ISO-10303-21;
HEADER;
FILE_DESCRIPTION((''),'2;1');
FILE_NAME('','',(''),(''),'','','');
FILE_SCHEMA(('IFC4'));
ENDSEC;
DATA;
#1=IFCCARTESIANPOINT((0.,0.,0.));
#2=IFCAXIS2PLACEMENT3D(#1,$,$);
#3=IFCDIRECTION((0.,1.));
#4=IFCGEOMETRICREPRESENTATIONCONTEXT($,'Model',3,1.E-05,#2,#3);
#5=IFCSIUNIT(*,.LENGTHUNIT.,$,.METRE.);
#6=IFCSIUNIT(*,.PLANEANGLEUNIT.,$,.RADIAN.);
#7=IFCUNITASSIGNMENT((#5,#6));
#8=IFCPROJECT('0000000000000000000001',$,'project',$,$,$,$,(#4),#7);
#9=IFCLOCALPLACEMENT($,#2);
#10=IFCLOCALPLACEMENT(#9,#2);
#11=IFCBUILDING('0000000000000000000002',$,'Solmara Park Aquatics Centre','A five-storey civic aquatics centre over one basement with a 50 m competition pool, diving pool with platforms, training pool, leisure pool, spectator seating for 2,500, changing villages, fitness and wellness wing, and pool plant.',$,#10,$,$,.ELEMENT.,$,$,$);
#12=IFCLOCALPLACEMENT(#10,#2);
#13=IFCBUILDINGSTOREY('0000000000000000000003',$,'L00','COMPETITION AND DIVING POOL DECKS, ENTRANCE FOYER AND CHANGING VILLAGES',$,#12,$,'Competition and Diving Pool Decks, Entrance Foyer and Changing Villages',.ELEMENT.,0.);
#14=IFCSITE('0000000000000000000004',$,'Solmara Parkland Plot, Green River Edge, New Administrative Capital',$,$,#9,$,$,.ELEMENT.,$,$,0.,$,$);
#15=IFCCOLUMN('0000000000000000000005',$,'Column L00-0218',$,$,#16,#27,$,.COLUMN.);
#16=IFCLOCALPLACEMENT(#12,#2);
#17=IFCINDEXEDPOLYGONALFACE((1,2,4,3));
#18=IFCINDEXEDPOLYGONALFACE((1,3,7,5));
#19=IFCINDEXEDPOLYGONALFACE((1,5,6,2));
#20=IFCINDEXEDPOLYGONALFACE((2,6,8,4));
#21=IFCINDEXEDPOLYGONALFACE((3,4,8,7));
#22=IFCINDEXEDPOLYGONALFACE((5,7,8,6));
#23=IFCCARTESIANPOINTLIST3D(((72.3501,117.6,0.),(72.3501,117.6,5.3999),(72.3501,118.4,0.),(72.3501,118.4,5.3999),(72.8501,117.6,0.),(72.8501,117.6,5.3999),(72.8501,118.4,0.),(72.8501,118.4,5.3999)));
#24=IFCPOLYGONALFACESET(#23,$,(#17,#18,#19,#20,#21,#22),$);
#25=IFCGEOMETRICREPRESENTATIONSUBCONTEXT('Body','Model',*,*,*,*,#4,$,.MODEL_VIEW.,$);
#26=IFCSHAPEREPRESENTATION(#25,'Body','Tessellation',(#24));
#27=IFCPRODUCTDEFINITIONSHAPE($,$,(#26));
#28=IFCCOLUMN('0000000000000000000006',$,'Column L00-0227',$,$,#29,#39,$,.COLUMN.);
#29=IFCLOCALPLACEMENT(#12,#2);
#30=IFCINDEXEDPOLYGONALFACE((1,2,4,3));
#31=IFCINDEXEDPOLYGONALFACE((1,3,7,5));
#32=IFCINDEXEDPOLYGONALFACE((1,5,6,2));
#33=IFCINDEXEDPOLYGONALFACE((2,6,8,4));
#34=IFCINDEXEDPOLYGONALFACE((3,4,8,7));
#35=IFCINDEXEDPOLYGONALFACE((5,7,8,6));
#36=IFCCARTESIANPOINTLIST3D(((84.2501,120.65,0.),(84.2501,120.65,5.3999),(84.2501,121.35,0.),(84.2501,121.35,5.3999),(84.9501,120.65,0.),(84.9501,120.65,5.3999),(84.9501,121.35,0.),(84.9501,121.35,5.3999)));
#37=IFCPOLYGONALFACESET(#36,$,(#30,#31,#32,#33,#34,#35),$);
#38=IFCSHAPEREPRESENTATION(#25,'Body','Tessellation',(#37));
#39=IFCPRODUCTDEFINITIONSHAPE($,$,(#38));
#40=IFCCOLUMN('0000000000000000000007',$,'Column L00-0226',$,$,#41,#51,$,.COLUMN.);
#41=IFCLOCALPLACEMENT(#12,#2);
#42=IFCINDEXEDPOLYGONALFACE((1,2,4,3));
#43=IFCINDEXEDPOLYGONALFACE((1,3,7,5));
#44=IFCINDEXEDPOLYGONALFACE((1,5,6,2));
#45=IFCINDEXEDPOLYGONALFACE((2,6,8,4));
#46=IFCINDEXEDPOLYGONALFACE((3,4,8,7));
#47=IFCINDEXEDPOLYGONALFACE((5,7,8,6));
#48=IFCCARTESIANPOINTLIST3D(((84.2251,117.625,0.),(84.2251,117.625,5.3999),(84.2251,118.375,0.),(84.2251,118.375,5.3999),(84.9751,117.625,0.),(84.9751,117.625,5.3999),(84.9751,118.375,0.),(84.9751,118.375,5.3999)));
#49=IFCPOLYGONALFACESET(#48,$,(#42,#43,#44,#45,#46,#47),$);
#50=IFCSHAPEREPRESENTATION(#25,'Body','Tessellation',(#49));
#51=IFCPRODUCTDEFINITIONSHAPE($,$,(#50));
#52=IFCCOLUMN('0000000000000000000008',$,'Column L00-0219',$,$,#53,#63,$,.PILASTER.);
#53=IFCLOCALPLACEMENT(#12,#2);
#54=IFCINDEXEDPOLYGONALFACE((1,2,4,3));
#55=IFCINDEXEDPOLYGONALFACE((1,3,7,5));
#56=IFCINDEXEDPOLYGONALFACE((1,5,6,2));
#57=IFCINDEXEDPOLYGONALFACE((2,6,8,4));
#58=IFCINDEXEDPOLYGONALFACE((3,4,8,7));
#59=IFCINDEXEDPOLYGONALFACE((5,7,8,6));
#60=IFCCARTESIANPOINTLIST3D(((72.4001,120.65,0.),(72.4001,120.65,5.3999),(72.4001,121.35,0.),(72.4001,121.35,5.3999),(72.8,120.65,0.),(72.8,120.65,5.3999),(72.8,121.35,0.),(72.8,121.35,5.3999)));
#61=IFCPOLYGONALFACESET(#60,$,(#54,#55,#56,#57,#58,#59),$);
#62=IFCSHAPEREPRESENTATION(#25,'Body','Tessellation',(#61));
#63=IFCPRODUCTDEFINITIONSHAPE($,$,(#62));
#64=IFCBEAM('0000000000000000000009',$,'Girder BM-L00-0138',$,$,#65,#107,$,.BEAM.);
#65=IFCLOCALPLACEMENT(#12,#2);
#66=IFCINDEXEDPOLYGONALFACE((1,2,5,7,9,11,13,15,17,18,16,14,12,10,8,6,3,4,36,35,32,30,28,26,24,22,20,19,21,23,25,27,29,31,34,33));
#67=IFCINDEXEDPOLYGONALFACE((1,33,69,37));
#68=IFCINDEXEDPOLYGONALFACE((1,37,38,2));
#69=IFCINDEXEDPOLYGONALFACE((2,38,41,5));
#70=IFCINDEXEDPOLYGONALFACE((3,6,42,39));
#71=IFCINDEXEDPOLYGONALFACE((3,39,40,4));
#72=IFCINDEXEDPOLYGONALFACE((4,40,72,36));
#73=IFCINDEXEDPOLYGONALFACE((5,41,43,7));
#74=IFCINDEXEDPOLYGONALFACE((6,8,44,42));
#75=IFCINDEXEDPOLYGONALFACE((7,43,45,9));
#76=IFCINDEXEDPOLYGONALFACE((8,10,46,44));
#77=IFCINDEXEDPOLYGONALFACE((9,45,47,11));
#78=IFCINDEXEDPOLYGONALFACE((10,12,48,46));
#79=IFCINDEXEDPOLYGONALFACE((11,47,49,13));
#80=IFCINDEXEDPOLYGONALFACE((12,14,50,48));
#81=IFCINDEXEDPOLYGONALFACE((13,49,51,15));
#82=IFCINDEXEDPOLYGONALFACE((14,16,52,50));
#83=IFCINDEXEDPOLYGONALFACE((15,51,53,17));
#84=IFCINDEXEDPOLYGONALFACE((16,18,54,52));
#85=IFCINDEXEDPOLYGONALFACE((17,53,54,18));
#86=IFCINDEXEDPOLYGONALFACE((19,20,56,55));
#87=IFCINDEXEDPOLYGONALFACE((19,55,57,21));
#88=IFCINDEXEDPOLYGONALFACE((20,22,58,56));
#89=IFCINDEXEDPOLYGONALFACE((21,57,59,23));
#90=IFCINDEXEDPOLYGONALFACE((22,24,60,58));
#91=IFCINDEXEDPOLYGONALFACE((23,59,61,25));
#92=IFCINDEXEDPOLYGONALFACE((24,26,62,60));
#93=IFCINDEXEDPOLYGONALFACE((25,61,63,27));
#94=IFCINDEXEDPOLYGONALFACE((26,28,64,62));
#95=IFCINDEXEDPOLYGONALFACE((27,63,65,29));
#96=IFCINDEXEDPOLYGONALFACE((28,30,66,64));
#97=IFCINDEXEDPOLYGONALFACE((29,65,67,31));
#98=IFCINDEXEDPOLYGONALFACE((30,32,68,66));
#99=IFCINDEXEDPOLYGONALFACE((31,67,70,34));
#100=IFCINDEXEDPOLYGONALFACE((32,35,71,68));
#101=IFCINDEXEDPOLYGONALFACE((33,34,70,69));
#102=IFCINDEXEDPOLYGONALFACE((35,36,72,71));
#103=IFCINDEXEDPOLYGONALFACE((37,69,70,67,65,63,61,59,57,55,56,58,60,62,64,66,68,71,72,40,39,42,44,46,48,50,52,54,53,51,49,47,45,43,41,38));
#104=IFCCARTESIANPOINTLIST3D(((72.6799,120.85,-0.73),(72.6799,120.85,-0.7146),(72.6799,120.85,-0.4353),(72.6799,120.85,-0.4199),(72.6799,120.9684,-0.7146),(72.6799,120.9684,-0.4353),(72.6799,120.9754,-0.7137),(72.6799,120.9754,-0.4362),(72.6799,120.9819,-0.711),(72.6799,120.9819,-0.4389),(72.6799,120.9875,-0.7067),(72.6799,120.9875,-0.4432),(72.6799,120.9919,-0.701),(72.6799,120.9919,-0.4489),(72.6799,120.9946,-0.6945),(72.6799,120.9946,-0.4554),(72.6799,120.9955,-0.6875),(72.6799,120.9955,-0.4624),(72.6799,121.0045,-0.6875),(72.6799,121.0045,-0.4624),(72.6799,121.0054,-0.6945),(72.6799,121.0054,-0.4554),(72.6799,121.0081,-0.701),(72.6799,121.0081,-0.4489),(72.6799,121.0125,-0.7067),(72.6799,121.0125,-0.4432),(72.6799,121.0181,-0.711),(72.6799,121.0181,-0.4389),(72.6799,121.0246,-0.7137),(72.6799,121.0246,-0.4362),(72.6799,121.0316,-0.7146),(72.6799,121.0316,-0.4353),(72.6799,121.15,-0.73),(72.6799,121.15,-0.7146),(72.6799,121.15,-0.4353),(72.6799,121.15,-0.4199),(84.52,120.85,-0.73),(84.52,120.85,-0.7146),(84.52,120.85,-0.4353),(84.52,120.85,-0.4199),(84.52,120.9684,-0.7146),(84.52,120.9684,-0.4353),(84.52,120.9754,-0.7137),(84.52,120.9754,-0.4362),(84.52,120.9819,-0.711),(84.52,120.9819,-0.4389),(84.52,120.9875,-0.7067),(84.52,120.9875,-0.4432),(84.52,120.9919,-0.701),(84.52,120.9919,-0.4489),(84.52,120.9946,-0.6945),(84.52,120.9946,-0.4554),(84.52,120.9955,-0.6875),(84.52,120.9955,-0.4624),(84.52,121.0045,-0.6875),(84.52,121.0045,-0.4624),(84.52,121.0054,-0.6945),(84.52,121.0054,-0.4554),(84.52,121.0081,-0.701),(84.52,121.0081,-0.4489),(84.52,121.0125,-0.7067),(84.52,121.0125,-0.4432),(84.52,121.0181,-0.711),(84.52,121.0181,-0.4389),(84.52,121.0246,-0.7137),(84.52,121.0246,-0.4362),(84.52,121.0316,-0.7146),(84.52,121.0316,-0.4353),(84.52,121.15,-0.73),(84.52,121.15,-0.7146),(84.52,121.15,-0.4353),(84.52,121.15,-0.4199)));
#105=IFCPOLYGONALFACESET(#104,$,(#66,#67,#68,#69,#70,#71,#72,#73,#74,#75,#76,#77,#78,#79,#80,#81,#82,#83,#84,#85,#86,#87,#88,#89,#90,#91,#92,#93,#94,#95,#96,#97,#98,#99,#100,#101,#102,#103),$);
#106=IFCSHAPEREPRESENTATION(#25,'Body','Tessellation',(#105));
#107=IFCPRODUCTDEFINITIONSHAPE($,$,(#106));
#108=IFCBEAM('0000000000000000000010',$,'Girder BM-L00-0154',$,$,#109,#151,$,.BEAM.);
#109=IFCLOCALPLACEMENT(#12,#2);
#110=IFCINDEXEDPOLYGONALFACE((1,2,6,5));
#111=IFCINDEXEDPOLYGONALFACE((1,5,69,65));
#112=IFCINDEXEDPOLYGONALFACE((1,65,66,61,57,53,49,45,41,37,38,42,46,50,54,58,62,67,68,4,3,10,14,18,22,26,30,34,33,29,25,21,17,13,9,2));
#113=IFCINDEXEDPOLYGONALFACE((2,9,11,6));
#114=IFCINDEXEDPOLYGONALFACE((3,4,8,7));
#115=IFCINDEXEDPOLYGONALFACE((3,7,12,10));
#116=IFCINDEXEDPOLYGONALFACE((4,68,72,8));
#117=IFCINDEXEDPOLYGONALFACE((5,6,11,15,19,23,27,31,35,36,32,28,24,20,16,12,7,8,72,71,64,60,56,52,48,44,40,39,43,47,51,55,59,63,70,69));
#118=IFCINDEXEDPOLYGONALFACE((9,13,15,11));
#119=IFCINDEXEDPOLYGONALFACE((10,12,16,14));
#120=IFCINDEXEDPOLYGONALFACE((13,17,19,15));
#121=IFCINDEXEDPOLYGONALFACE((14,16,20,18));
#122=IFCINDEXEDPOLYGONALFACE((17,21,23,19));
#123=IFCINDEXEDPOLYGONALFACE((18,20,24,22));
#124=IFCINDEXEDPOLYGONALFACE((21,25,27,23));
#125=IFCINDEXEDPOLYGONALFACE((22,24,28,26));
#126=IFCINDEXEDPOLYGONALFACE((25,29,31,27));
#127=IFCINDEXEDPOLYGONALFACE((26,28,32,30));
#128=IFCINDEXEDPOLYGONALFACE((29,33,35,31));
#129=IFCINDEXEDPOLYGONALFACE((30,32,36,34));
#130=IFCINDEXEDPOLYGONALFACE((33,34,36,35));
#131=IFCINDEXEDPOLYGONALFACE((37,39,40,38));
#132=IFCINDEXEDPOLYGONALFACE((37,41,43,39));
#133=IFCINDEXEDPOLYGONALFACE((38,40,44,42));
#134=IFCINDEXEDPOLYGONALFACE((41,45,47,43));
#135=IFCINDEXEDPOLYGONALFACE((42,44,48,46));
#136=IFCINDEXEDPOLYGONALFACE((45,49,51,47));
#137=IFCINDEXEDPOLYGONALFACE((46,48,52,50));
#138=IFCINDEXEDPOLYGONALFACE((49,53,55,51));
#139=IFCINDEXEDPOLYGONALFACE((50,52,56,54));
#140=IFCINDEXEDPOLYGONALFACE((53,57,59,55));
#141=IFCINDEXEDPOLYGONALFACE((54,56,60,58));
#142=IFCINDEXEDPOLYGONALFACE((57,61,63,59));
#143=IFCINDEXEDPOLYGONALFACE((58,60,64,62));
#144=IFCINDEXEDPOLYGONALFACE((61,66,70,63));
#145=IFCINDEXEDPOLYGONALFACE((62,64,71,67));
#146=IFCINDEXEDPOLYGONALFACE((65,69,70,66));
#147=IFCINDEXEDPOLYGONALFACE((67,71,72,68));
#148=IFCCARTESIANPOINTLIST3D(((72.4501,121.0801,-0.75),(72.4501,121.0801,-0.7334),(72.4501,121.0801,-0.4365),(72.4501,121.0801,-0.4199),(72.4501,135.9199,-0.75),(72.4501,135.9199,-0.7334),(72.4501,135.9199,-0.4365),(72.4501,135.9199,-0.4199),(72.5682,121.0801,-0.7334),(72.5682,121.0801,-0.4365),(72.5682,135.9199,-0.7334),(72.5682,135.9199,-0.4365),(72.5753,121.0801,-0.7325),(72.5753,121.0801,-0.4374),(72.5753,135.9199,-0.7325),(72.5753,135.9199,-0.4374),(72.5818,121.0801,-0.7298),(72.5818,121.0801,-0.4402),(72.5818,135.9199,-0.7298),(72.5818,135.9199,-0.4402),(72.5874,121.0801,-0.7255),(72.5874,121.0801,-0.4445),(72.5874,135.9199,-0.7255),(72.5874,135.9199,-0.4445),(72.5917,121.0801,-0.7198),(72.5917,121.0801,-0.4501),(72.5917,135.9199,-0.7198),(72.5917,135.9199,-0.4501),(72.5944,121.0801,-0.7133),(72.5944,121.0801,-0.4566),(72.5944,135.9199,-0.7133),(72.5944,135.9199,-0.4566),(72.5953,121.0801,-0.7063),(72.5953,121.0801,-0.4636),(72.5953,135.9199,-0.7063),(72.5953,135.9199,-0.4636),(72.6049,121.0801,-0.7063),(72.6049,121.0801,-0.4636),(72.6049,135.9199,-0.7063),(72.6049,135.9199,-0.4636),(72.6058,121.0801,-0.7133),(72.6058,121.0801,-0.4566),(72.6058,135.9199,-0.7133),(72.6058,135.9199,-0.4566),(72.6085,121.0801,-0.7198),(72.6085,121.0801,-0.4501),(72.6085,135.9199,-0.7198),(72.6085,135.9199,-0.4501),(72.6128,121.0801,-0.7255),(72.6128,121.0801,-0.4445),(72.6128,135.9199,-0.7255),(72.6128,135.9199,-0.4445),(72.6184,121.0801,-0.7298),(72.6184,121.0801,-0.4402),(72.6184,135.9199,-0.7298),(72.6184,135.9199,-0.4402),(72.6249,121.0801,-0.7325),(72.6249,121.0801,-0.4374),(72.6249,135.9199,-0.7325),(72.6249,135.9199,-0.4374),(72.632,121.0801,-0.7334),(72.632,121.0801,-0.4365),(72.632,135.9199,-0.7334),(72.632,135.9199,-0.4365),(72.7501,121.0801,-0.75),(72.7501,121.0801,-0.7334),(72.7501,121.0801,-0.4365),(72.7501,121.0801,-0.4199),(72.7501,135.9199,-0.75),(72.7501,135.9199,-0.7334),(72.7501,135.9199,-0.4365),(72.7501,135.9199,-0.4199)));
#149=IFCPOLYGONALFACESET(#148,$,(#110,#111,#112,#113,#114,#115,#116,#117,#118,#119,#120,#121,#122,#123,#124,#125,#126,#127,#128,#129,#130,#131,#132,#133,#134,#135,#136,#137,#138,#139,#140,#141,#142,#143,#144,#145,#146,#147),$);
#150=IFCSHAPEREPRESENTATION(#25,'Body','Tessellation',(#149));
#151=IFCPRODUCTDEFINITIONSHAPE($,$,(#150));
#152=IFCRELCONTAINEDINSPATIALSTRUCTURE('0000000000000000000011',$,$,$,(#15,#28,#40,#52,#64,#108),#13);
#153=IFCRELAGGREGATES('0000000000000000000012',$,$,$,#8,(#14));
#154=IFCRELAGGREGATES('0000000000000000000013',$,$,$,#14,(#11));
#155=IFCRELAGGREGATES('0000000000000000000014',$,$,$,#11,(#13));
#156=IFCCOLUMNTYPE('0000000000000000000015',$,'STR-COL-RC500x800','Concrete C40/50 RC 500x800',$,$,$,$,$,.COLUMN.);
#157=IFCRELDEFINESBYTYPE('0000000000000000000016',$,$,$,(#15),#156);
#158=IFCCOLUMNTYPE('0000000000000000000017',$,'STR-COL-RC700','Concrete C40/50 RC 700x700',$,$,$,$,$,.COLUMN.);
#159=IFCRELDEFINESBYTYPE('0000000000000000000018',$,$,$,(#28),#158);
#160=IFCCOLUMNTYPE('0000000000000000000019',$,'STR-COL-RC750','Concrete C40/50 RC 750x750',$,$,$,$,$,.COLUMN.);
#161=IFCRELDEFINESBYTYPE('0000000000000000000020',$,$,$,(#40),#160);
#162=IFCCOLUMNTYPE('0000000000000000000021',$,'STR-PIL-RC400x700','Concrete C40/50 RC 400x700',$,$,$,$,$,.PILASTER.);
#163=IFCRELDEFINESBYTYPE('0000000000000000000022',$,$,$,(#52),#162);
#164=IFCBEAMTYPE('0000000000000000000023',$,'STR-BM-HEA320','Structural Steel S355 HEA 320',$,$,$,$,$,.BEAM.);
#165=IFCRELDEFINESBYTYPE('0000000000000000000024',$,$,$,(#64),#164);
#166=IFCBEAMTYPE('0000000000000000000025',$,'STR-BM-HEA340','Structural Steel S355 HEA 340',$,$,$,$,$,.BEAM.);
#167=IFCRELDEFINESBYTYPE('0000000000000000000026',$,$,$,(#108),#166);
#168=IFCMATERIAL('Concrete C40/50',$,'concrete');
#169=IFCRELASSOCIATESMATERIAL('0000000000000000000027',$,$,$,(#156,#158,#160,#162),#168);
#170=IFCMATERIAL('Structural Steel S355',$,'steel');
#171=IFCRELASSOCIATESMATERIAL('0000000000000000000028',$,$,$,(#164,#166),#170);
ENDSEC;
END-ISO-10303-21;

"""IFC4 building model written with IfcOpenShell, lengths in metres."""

from ifc_helpers import new_model, si_unit, direction, frame, origin, origin_2d, place, context, subcontext, project, spatial, rectangle, i_section, extrude, material, material_profile, profile_set, type_object, element, save


model = new_model("IFC4")

# Units and contexts
model_context = context("Model", 3, precision=1e-05, world=origin(), true_north=direction((0.0, 1.0)))
body_context = subcontext(model_context, "Body", "Model", "MODEL_VIEW")
ifc_project = project(units=[si_unit("LENGTHUNIT", "METRE"), si_unit("PLANEANGLEUNIT", "RADIAN")], contexts=[model_context])

# Site, building, storey
site_placement = place(None, origin())
site = spatial("IfcSite", under=ifc_project, at=site_placement, Name="Solmara Parkland Plot, Green River Edge, New Administrative Capital", CompositionType="ELEMENT", RefElevation=0.0)
building_placement = place(site_placement, origin())
building = spatial("IfcBuilding", under=site, at=building_placement, Name="Solmara Park Aquatics Centre", Description="A five-storey civic aquatics centre over one basement with a 50 m competition pool, diving pool with platforms, training pool, leisure pool, spectator seating for 2,500, changing villages, fitness and wellness wing, and pool plant.", CompositionType="ELEMENT")
storey_placement = place(building_placement, origin())
storey = spatial("IfcBuildingStorey", under=building, at=storey_placement, Name="L00", Description="COMPETITION AND DIVING POOL DECKS, ENTRANCE FOYER AND CHANGING VILLAGES", LongName="Competition and Diving Pool Decks, Entrance Foyer and Changing Villages", CompositionType="ELEMENT", Elevation=0.0)

# Columns
ifc_material_1 = material(Name="Concrete C40/50", Category="concrete")
ifc_material_profile_1 = material_profile(ifc_material_1, rectangle(XDim=0.5, YDim=0.8, at=origin_2d()), Name="RC 500x800")
ifc_profile_set_1 = profile_set([ifc_material_profile_1], Name="Concrete C40/50")
column_type_1 = type_object("IfcColumnType", Name="STR-COL-RC500x800", Description="Concrete C40/50 RC 500x800", PredefinedType="COLUMN", material=ifc_profile_set_1)
column_1_placement = place(storey_placement, frame((72.6001, 118.0, 0.0), z_axis=(0.0, 0.0, 1.0), x_axis=(1.0, 0.0, 0.0)))
element("IfcColumn", 1, at=column_1_placement, inside=storey, type_object=column_type_1, Name="Column L00-0218", PredefinedType="COLUMN", context=body_context, shape_type="SweptSolid", body=[
    extrude(rectangle(XDim=0.5, YDim=0.8, at=origin_2d()), origin(), (0.0, 0.0, 1.0), 5.3999),
])
ifc_material_profile_2 = material_profile(ifc_material_1, rectangle(XDim=0.7, YDim=0.7, at=origin_2d()), Name="RC 700x700")
ifc_profile_set_2 = profile_set([ifc_material_profile_2], Name="Concrete C40/50")
column_type_2 = type_object("IfcColumnType", Name="STR-COL-RC700", Description="Concrete C40/50 RC 700x700", PredefinedType="COLUMN", material=ifc_profile_set_2)
column_2_placement = place(storey_placement, frame((84.6001, 121.0, 0.0), z_axis=(0.0, 0.0, 1.0), x_axis=(1.0, 0.0, 0.0)))
element("IfcColumn", 2, at=column_2_placement, inside=storey, type_object=column_type_2, Name="Column L00-0227", PredefinedType="COLUMN", context=body_context, shape_type="SweptSolid", body=[
    extrude(rectangle(XDim=0.7, YDim=0.7, at=origin_2d()), origin(), (0.0, 0.0, 1.0), 5.3999),
])
ifc_material_profile_3 = material_profile(ifc_material_1, rectangle(XDim=0.75, YDim=0.75, at=origin_2d()), Name="RC 750x750")
ifc_profile_set_3 = profile_set([ifc_material_profile_3], Name="Concrete C40/50")
column_type_3 = type_object("IfcColumnType", Name="STR-COL-RC750", Description="Concrete C40/50 RC 750x750", PredefinedType="COLUMN", material=ifc_profile_set_3)
column_3_placement = place(storey_placement, frame((84.6001, 118.0, 0.0), z_axis=(0.0, 0.0, 1.0), x_axis=(1.0, 0.0, 0.0)))
element("IfcColumn", 3, at=column_3_placement, inside=storey, type_object=column_type_3, Name="Column L00-0226", PredefinedType="COLUMN", context=body_context, shape_type="SweptSolid", body=[
    extrude(rectangle(XDim=0.75, YDim=0.75, at=origin_2d()), origin(), (0.0, 0.0, 1.0), 5.3999),
])
ifc_material_profile_4 = material_profile(ifc_material_1, rectangle(XDim=0.3999, YDim=0.7, at=origin_2d()), Name="RC 400x700")
ifc_profile_set_4 = profile_set([ifc_material_profile_4], Name="Concrete C40/50")
column_type_4 = type_object("IfcColumnType", Name="STR-PIL-RC400x700", Description="Concrete C40/50 RC 400x700", PredefinedType="PILASTER", material=ifc_profile_set_4)
column_4_placement = place(storey_placement, frame((72.6001, 121.0, 0.0), z_axis=(0.0, 0.0, 1.0), x_axis=(1.0, 0.0, 0.0)))
element("IfcColumn", 4, at=column_4_placement, inside=storey, type_object=column_type_4, Name="Column L00-0219", PredefinedType="PILASTER", context=body_context, shape_type="SweptSolid", body=[
    extrude(rectangle(XDim=0.3999, YDim=0.7, at=origin_2d()), origin(), (0.0, 0.0, 1.0), 5.3999),
])

# Beams
ifc_material_2 = material(Name="Structural Steel S355", Category="steel")
ifc_material_profile_5 = material_profile(ifc_material_2, i_section(OverallWidth=0.3, OverallDepth=0.3101, WebThickness=0.009, FlangeThickness=0.0154, FilletRadius=0.0271, at=origin_2d()), Name="HEA 320")
ifc_profile_set_5 = profile_set([ifc_material_profile_5], Name="Structural Steel S355")
beam_type_1 = type_object("IfcBeamType", Name="STR-BM-HEA320", Description="Structural Steel S355 HEA 320", PredefinedType="BEAM", material=ifc_profile_set_5)
beam_1_placement = place(storey_placement, frame((72.6799, 121.0, -0.575), z_axis=(1.0, 0.0, 0.0), x_axis=(0.0, 1.0, 0.0)))
element("IfcBeam", 5, at=beam_1_placement, inside=storey, type_object=beam_type_1, Name="Girder BM-L00-0138", PredefinedType="BEAM", context=body_context, shape_type="SweptSolid", body=[
    extrude(i_section(OverallWidth=0.3, OverallDepth=0.3101, WebThickness=0.009, FlangeThickness=0.0154, FilletRadius=0.0271, at=origin_2d()), origin(), (0.0, 0.0, 1.0), 11.8401),
])
ifc_material_profile_6 = material_profile(ifc_material_2, i_section(OverallWidth=0.3, OverallDepth=0.3301, WebThickness=0.0095, FlangeThickness=0.0166, FilletRadius=0.0271, at=origin_2d()), Name="HEA 340")
ifc_profile_set_6 = profile_set([ifc_material_profile_6], Name="Structural Steel S355")
beam_type_2 = type_object("IfcBeamType", Name="STR-BM-HEA340", Description="Structural Steel S355 HEA 340", PredefinedType="BEAM", material=ifc_profile_set_6)
beam_2_placement = place(storey_placement, frame((72.6001, 121.0801, -0.585), z_axis=(0.0, 1.0, 0.0), x_axis=(-1.0, 0.0, 0.0)))
element("IfcBeam", 6, at=beam_2_placement, inside=storey, type_object=beam_type_2, Name="Girder BM-L00-0154", PredefinedType="BEAM", context=body_context, shape_type="SweptSolid", body=[
    extrude(i_section(OverallWidth=0.3, OverallDepth=0.3301, WebThickness=0.0095, FlangeThickness=0.0166, FilletRadius=0.0271, at=origin_2d()), origin(), (0.0, 0.0, 1.0), 14.8398),
])

save(model, "model.ifc")
